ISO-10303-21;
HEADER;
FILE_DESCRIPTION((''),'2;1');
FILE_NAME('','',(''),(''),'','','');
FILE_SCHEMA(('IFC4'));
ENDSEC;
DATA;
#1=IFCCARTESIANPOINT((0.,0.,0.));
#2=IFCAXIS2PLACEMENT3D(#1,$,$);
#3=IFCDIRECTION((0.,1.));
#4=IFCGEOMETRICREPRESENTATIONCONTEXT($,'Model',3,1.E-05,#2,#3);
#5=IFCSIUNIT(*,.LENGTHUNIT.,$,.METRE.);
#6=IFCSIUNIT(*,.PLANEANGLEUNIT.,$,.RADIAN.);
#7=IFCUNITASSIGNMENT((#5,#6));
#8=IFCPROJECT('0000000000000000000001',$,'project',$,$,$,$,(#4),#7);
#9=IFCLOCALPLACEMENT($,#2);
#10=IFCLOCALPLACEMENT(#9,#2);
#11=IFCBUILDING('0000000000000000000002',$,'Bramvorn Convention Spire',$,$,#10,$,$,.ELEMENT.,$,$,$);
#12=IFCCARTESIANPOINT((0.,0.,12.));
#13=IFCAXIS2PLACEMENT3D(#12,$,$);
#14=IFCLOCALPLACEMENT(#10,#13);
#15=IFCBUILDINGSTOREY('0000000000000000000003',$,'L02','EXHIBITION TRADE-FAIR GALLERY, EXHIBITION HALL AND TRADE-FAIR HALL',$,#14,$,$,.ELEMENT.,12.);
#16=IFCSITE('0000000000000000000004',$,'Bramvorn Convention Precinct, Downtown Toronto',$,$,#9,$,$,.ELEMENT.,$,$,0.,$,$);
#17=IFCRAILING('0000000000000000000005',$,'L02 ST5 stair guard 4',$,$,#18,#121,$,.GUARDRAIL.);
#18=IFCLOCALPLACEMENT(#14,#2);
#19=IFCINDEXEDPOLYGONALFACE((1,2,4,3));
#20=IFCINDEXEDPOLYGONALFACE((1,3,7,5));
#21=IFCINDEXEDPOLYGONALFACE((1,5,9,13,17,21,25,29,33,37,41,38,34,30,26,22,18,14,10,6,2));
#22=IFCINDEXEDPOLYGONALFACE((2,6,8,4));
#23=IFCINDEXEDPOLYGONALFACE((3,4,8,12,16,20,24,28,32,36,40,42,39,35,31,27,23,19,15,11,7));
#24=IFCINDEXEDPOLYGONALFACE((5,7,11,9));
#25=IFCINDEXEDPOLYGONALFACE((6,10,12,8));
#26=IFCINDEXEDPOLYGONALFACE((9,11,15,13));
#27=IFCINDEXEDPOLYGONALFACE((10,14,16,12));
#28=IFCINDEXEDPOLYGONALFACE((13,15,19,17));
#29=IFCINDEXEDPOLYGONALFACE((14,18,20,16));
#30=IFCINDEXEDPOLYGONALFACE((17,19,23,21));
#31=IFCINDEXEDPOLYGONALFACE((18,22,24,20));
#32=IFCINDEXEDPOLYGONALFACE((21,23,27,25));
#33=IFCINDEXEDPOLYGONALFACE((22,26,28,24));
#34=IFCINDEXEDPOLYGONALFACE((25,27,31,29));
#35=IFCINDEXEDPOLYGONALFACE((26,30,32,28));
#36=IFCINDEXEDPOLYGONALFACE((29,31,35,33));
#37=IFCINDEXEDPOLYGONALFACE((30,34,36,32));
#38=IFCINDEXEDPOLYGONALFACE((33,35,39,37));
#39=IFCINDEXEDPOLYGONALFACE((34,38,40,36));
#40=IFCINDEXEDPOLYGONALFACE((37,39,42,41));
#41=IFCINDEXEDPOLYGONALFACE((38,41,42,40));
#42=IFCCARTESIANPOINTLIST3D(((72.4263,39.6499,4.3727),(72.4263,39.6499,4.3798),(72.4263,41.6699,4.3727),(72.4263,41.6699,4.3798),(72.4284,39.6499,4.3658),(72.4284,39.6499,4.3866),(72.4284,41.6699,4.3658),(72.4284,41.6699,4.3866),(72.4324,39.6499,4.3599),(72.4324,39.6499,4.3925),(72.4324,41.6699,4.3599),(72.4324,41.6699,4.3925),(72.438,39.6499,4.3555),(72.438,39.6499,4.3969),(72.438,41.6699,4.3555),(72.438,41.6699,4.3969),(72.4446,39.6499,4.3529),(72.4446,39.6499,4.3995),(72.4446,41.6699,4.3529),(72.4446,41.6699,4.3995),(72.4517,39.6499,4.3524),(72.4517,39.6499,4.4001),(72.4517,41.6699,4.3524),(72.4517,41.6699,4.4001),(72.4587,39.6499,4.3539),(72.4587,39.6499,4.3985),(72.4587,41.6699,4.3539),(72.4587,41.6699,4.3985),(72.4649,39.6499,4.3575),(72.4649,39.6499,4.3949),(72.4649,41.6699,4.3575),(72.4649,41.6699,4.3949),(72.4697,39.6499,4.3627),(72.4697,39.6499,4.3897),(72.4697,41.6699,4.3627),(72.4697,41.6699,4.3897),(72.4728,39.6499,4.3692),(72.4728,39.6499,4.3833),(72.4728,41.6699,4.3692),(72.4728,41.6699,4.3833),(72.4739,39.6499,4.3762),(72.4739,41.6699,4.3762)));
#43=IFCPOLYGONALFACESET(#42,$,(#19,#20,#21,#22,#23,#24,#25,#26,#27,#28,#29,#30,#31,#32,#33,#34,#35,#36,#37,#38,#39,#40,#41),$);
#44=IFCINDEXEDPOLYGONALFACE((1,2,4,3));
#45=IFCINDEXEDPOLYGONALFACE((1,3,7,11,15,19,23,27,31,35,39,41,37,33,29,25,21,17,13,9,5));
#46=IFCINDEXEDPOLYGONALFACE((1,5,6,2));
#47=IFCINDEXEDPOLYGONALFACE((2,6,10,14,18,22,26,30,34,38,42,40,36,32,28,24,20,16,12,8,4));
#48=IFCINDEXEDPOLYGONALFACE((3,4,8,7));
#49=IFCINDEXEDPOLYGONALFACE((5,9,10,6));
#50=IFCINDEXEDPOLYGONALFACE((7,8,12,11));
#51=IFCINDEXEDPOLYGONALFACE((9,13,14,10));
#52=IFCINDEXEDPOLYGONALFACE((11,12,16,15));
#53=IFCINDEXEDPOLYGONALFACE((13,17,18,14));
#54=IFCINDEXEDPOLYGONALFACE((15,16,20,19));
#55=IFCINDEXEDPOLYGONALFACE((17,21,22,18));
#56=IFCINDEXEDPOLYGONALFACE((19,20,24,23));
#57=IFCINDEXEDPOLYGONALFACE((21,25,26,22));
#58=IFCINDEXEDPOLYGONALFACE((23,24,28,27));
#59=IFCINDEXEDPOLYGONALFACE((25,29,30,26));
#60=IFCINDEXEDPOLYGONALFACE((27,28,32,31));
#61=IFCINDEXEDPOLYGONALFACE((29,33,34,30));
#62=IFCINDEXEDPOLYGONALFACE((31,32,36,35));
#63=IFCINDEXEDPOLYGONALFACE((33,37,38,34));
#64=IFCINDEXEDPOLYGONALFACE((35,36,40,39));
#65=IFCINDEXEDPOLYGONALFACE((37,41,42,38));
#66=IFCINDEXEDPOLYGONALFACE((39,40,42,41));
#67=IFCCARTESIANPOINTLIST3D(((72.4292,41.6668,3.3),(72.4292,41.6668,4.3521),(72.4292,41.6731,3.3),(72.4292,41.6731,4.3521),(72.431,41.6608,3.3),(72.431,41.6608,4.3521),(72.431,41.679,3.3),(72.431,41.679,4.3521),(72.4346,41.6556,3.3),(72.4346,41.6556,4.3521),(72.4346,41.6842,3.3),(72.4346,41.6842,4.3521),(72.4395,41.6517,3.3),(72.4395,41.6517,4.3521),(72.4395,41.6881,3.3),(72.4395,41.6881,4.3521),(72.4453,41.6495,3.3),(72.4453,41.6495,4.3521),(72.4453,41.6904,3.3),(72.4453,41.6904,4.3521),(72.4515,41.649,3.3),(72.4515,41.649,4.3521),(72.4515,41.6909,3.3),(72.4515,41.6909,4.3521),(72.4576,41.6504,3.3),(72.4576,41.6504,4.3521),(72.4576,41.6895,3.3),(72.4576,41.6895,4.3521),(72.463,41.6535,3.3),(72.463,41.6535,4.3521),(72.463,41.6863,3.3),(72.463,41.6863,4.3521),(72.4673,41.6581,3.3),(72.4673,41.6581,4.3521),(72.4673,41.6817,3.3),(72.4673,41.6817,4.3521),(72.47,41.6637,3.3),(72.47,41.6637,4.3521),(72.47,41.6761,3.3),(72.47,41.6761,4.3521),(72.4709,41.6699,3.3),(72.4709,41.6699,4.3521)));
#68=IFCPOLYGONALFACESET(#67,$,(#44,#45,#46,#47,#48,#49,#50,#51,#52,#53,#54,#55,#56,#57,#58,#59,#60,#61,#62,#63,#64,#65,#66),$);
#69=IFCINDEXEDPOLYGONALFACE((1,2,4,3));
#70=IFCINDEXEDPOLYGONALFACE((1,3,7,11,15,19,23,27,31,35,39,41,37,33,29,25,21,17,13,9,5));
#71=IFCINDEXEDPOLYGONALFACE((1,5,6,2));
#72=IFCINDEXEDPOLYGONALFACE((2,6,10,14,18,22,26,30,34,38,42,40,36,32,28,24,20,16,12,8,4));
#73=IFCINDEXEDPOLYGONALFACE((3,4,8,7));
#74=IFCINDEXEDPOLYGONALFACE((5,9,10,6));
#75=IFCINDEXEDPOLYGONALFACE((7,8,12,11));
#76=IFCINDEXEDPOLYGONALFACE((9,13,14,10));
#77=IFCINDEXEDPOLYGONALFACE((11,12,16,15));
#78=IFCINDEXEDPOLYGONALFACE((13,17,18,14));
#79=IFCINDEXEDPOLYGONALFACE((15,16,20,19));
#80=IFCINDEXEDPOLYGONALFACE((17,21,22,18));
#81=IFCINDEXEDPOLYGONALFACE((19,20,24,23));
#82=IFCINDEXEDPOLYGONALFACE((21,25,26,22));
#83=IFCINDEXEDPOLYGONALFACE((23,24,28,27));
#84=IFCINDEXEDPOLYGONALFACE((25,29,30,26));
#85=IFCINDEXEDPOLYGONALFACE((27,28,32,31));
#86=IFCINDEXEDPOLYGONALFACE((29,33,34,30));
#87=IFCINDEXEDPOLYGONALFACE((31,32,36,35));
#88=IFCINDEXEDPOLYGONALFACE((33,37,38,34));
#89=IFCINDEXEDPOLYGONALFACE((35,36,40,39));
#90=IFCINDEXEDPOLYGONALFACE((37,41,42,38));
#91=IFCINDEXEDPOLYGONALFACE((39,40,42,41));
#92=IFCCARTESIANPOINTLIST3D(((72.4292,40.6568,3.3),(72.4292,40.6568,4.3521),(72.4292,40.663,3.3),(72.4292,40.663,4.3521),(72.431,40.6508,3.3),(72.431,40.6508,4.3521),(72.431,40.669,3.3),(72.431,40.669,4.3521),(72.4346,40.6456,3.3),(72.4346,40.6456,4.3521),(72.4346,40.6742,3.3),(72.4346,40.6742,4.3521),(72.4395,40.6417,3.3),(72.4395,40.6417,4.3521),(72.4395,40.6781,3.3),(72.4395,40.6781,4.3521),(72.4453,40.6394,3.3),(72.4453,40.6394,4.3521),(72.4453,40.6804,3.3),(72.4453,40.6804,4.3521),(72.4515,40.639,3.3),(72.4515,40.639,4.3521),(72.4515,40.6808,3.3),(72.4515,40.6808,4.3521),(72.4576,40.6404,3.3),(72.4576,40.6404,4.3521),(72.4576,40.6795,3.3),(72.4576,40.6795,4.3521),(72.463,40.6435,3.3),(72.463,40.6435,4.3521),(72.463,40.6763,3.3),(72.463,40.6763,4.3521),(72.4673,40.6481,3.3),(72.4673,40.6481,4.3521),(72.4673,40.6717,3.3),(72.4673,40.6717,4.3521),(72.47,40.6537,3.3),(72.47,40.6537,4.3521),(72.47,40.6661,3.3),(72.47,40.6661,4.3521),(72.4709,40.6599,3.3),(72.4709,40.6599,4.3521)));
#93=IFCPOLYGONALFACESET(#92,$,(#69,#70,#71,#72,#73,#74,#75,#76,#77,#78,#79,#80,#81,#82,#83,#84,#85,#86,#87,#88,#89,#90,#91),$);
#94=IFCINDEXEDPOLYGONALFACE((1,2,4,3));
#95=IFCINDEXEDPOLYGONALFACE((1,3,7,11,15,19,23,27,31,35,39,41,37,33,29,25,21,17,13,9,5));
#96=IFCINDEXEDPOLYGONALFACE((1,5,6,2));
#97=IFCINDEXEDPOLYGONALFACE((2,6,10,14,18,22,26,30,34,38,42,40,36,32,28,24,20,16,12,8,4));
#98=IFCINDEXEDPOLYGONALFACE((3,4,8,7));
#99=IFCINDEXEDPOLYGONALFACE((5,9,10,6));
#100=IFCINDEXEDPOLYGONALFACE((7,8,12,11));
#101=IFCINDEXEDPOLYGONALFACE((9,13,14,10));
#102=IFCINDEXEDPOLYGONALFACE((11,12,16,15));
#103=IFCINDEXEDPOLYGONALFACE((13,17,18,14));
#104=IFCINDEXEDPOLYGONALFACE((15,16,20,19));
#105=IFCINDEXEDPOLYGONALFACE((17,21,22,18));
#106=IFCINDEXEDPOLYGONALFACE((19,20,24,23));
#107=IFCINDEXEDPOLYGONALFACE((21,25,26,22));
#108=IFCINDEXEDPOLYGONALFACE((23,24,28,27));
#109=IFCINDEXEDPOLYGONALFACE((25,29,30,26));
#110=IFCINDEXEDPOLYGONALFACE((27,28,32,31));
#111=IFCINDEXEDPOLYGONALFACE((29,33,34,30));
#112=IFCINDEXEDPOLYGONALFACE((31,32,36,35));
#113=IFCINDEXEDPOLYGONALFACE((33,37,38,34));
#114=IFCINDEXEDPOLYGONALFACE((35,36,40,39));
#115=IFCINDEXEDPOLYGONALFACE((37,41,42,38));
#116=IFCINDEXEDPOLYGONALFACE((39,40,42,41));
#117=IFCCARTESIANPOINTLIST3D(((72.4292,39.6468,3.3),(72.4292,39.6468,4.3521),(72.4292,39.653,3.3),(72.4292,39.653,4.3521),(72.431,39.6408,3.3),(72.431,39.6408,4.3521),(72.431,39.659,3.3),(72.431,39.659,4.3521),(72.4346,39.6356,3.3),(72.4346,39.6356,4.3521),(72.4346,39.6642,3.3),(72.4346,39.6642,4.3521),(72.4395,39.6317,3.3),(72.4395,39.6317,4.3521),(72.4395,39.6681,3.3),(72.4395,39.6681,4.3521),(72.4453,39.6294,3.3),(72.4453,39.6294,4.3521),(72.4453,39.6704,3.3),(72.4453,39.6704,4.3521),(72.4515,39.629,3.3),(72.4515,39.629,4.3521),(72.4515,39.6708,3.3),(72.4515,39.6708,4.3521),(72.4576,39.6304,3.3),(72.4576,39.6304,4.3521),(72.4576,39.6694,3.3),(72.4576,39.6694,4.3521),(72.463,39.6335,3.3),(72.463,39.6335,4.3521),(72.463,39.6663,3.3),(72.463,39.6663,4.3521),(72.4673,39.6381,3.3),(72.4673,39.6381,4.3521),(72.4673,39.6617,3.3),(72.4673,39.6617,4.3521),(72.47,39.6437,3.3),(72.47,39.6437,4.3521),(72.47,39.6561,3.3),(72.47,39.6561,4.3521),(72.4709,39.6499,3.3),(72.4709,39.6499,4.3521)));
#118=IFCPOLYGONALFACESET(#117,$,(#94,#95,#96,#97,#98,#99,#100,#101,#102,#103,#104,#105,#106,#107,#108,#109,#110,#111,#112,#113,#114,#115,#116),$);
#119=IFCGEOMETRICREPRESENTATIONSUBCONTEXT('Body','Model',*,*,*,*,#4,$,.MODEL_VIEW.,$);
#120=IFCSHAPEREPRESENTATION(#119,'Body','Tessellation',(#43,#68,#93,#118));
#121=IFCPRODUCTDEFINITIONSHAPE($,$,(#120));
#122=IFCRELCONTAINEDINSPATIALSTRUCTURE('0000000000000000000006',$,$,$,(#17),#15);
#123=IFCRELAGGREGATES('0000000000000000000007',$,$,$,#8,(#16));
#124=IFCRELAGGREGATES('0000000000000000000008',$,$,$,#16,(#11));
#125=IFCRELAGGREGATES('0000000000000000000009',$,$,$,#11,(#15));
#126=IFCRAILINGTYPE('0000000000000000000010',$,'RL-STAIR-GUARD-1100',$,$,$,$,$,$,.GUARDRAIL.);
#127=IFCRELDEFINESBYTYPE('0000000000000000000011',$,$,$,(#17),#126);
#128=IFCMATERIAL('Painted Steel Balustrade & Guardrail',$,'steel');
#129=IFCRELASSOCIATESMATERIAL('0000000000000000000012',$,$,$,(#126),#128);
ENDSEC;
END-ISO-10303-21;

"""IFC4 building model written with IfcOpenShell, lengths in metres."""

from ifc_helpers import new_model, si_unit, direction, frame, origin, origin_2d, place, context, subcontext, project, spatial, circle, extrude, material, type_object, element, save


model = new_model("IFC4")

# Units and contexts
model_context = context("Model", 3, precision=1e-05, world=origin(), true_north=direction((0.0, 1.0)))
body_context = subcontext(model_context, "Body", "Model", "MODEL_VIEW")
ifc_project = project(units=[si_unit("LENGTHUNIT", "METRE"), si_unit("PLANEANGLEUNIT", "RADIAN")], contexts=[model_context])

# Site, building, storey
site_placement = place(None, origin())
site = spatial("IfcSite", under=ifc_project, at=site_placement, Name="Bramvorn Convention Precinct, Downtown Toronto", CompositionType="ELEMENT", RefElevation=0.0)
building_placement = place(site_placement, origin())
building = spatial("IfcBuilding", under=site, at=building_placement, Name="Bramvorn Convention Spire", CompositionType="ELEMENT")
storey_placement = place(building_placement, frame((0.0, 0.0, 12.0)))
storey = spatial("IfcBuildingStorey", under=building, at=storey_placement, Name="L02", Description="EXHIBITION TRADE-FAIR GALLERY, EXHIBITION HALL AND TRADE-FAIR HALL", CompositionType="ELEMENT", Elevation=12.0)

# Railing
ifc_material_1 = material(Name="Painted Steel Balustrade & Guardrail", Category="steel")
railing_type_1 = type_object("IfcRailingType", Name="RL-STAIR-GUARD-1100", PredefinedType="GUARDRAIL", material=ifc_material_1)
for number, where, name in (
    (1, (72.45, 41.6699, 3.3), "L02 ST5 stair guard 4"),
):
    element("IfcRailing", number, at=place(storey_placement, frame(where)), inside=storey, type_object=railing_type_1, Name=name, PredefinedType="GUARDRAIL", context=body_context, shape_type="SweptSolid", body=[
        extrude(circle(Radius=0.0239, at=origin_2d()), frame((0.0, 0.0, 1.0762), z_axis=(0.0, -1.0, 0.0), x_axis=(1.0, 0.0, 0.0)), (0.0, 0.0, 1.0), 2.02),
        extrude(circle(Radius=0.021, at=origin_2d()), origin(), (0.0, 0.0, 1.0), 1.052),
        extrude(circle(Radius=0.021, at=origin_2d()), frame((0.0, -1.01, 0.0)), (0.0, 0.0, 1.0), 1.052),
        extrude(circle(Radius=0.021, at=origin_2d()), frame((0.0, -2.02, 0.0)), (0.0, 0.0, 1.0), 1.052),
    ])

save(model, "model.ifc")
